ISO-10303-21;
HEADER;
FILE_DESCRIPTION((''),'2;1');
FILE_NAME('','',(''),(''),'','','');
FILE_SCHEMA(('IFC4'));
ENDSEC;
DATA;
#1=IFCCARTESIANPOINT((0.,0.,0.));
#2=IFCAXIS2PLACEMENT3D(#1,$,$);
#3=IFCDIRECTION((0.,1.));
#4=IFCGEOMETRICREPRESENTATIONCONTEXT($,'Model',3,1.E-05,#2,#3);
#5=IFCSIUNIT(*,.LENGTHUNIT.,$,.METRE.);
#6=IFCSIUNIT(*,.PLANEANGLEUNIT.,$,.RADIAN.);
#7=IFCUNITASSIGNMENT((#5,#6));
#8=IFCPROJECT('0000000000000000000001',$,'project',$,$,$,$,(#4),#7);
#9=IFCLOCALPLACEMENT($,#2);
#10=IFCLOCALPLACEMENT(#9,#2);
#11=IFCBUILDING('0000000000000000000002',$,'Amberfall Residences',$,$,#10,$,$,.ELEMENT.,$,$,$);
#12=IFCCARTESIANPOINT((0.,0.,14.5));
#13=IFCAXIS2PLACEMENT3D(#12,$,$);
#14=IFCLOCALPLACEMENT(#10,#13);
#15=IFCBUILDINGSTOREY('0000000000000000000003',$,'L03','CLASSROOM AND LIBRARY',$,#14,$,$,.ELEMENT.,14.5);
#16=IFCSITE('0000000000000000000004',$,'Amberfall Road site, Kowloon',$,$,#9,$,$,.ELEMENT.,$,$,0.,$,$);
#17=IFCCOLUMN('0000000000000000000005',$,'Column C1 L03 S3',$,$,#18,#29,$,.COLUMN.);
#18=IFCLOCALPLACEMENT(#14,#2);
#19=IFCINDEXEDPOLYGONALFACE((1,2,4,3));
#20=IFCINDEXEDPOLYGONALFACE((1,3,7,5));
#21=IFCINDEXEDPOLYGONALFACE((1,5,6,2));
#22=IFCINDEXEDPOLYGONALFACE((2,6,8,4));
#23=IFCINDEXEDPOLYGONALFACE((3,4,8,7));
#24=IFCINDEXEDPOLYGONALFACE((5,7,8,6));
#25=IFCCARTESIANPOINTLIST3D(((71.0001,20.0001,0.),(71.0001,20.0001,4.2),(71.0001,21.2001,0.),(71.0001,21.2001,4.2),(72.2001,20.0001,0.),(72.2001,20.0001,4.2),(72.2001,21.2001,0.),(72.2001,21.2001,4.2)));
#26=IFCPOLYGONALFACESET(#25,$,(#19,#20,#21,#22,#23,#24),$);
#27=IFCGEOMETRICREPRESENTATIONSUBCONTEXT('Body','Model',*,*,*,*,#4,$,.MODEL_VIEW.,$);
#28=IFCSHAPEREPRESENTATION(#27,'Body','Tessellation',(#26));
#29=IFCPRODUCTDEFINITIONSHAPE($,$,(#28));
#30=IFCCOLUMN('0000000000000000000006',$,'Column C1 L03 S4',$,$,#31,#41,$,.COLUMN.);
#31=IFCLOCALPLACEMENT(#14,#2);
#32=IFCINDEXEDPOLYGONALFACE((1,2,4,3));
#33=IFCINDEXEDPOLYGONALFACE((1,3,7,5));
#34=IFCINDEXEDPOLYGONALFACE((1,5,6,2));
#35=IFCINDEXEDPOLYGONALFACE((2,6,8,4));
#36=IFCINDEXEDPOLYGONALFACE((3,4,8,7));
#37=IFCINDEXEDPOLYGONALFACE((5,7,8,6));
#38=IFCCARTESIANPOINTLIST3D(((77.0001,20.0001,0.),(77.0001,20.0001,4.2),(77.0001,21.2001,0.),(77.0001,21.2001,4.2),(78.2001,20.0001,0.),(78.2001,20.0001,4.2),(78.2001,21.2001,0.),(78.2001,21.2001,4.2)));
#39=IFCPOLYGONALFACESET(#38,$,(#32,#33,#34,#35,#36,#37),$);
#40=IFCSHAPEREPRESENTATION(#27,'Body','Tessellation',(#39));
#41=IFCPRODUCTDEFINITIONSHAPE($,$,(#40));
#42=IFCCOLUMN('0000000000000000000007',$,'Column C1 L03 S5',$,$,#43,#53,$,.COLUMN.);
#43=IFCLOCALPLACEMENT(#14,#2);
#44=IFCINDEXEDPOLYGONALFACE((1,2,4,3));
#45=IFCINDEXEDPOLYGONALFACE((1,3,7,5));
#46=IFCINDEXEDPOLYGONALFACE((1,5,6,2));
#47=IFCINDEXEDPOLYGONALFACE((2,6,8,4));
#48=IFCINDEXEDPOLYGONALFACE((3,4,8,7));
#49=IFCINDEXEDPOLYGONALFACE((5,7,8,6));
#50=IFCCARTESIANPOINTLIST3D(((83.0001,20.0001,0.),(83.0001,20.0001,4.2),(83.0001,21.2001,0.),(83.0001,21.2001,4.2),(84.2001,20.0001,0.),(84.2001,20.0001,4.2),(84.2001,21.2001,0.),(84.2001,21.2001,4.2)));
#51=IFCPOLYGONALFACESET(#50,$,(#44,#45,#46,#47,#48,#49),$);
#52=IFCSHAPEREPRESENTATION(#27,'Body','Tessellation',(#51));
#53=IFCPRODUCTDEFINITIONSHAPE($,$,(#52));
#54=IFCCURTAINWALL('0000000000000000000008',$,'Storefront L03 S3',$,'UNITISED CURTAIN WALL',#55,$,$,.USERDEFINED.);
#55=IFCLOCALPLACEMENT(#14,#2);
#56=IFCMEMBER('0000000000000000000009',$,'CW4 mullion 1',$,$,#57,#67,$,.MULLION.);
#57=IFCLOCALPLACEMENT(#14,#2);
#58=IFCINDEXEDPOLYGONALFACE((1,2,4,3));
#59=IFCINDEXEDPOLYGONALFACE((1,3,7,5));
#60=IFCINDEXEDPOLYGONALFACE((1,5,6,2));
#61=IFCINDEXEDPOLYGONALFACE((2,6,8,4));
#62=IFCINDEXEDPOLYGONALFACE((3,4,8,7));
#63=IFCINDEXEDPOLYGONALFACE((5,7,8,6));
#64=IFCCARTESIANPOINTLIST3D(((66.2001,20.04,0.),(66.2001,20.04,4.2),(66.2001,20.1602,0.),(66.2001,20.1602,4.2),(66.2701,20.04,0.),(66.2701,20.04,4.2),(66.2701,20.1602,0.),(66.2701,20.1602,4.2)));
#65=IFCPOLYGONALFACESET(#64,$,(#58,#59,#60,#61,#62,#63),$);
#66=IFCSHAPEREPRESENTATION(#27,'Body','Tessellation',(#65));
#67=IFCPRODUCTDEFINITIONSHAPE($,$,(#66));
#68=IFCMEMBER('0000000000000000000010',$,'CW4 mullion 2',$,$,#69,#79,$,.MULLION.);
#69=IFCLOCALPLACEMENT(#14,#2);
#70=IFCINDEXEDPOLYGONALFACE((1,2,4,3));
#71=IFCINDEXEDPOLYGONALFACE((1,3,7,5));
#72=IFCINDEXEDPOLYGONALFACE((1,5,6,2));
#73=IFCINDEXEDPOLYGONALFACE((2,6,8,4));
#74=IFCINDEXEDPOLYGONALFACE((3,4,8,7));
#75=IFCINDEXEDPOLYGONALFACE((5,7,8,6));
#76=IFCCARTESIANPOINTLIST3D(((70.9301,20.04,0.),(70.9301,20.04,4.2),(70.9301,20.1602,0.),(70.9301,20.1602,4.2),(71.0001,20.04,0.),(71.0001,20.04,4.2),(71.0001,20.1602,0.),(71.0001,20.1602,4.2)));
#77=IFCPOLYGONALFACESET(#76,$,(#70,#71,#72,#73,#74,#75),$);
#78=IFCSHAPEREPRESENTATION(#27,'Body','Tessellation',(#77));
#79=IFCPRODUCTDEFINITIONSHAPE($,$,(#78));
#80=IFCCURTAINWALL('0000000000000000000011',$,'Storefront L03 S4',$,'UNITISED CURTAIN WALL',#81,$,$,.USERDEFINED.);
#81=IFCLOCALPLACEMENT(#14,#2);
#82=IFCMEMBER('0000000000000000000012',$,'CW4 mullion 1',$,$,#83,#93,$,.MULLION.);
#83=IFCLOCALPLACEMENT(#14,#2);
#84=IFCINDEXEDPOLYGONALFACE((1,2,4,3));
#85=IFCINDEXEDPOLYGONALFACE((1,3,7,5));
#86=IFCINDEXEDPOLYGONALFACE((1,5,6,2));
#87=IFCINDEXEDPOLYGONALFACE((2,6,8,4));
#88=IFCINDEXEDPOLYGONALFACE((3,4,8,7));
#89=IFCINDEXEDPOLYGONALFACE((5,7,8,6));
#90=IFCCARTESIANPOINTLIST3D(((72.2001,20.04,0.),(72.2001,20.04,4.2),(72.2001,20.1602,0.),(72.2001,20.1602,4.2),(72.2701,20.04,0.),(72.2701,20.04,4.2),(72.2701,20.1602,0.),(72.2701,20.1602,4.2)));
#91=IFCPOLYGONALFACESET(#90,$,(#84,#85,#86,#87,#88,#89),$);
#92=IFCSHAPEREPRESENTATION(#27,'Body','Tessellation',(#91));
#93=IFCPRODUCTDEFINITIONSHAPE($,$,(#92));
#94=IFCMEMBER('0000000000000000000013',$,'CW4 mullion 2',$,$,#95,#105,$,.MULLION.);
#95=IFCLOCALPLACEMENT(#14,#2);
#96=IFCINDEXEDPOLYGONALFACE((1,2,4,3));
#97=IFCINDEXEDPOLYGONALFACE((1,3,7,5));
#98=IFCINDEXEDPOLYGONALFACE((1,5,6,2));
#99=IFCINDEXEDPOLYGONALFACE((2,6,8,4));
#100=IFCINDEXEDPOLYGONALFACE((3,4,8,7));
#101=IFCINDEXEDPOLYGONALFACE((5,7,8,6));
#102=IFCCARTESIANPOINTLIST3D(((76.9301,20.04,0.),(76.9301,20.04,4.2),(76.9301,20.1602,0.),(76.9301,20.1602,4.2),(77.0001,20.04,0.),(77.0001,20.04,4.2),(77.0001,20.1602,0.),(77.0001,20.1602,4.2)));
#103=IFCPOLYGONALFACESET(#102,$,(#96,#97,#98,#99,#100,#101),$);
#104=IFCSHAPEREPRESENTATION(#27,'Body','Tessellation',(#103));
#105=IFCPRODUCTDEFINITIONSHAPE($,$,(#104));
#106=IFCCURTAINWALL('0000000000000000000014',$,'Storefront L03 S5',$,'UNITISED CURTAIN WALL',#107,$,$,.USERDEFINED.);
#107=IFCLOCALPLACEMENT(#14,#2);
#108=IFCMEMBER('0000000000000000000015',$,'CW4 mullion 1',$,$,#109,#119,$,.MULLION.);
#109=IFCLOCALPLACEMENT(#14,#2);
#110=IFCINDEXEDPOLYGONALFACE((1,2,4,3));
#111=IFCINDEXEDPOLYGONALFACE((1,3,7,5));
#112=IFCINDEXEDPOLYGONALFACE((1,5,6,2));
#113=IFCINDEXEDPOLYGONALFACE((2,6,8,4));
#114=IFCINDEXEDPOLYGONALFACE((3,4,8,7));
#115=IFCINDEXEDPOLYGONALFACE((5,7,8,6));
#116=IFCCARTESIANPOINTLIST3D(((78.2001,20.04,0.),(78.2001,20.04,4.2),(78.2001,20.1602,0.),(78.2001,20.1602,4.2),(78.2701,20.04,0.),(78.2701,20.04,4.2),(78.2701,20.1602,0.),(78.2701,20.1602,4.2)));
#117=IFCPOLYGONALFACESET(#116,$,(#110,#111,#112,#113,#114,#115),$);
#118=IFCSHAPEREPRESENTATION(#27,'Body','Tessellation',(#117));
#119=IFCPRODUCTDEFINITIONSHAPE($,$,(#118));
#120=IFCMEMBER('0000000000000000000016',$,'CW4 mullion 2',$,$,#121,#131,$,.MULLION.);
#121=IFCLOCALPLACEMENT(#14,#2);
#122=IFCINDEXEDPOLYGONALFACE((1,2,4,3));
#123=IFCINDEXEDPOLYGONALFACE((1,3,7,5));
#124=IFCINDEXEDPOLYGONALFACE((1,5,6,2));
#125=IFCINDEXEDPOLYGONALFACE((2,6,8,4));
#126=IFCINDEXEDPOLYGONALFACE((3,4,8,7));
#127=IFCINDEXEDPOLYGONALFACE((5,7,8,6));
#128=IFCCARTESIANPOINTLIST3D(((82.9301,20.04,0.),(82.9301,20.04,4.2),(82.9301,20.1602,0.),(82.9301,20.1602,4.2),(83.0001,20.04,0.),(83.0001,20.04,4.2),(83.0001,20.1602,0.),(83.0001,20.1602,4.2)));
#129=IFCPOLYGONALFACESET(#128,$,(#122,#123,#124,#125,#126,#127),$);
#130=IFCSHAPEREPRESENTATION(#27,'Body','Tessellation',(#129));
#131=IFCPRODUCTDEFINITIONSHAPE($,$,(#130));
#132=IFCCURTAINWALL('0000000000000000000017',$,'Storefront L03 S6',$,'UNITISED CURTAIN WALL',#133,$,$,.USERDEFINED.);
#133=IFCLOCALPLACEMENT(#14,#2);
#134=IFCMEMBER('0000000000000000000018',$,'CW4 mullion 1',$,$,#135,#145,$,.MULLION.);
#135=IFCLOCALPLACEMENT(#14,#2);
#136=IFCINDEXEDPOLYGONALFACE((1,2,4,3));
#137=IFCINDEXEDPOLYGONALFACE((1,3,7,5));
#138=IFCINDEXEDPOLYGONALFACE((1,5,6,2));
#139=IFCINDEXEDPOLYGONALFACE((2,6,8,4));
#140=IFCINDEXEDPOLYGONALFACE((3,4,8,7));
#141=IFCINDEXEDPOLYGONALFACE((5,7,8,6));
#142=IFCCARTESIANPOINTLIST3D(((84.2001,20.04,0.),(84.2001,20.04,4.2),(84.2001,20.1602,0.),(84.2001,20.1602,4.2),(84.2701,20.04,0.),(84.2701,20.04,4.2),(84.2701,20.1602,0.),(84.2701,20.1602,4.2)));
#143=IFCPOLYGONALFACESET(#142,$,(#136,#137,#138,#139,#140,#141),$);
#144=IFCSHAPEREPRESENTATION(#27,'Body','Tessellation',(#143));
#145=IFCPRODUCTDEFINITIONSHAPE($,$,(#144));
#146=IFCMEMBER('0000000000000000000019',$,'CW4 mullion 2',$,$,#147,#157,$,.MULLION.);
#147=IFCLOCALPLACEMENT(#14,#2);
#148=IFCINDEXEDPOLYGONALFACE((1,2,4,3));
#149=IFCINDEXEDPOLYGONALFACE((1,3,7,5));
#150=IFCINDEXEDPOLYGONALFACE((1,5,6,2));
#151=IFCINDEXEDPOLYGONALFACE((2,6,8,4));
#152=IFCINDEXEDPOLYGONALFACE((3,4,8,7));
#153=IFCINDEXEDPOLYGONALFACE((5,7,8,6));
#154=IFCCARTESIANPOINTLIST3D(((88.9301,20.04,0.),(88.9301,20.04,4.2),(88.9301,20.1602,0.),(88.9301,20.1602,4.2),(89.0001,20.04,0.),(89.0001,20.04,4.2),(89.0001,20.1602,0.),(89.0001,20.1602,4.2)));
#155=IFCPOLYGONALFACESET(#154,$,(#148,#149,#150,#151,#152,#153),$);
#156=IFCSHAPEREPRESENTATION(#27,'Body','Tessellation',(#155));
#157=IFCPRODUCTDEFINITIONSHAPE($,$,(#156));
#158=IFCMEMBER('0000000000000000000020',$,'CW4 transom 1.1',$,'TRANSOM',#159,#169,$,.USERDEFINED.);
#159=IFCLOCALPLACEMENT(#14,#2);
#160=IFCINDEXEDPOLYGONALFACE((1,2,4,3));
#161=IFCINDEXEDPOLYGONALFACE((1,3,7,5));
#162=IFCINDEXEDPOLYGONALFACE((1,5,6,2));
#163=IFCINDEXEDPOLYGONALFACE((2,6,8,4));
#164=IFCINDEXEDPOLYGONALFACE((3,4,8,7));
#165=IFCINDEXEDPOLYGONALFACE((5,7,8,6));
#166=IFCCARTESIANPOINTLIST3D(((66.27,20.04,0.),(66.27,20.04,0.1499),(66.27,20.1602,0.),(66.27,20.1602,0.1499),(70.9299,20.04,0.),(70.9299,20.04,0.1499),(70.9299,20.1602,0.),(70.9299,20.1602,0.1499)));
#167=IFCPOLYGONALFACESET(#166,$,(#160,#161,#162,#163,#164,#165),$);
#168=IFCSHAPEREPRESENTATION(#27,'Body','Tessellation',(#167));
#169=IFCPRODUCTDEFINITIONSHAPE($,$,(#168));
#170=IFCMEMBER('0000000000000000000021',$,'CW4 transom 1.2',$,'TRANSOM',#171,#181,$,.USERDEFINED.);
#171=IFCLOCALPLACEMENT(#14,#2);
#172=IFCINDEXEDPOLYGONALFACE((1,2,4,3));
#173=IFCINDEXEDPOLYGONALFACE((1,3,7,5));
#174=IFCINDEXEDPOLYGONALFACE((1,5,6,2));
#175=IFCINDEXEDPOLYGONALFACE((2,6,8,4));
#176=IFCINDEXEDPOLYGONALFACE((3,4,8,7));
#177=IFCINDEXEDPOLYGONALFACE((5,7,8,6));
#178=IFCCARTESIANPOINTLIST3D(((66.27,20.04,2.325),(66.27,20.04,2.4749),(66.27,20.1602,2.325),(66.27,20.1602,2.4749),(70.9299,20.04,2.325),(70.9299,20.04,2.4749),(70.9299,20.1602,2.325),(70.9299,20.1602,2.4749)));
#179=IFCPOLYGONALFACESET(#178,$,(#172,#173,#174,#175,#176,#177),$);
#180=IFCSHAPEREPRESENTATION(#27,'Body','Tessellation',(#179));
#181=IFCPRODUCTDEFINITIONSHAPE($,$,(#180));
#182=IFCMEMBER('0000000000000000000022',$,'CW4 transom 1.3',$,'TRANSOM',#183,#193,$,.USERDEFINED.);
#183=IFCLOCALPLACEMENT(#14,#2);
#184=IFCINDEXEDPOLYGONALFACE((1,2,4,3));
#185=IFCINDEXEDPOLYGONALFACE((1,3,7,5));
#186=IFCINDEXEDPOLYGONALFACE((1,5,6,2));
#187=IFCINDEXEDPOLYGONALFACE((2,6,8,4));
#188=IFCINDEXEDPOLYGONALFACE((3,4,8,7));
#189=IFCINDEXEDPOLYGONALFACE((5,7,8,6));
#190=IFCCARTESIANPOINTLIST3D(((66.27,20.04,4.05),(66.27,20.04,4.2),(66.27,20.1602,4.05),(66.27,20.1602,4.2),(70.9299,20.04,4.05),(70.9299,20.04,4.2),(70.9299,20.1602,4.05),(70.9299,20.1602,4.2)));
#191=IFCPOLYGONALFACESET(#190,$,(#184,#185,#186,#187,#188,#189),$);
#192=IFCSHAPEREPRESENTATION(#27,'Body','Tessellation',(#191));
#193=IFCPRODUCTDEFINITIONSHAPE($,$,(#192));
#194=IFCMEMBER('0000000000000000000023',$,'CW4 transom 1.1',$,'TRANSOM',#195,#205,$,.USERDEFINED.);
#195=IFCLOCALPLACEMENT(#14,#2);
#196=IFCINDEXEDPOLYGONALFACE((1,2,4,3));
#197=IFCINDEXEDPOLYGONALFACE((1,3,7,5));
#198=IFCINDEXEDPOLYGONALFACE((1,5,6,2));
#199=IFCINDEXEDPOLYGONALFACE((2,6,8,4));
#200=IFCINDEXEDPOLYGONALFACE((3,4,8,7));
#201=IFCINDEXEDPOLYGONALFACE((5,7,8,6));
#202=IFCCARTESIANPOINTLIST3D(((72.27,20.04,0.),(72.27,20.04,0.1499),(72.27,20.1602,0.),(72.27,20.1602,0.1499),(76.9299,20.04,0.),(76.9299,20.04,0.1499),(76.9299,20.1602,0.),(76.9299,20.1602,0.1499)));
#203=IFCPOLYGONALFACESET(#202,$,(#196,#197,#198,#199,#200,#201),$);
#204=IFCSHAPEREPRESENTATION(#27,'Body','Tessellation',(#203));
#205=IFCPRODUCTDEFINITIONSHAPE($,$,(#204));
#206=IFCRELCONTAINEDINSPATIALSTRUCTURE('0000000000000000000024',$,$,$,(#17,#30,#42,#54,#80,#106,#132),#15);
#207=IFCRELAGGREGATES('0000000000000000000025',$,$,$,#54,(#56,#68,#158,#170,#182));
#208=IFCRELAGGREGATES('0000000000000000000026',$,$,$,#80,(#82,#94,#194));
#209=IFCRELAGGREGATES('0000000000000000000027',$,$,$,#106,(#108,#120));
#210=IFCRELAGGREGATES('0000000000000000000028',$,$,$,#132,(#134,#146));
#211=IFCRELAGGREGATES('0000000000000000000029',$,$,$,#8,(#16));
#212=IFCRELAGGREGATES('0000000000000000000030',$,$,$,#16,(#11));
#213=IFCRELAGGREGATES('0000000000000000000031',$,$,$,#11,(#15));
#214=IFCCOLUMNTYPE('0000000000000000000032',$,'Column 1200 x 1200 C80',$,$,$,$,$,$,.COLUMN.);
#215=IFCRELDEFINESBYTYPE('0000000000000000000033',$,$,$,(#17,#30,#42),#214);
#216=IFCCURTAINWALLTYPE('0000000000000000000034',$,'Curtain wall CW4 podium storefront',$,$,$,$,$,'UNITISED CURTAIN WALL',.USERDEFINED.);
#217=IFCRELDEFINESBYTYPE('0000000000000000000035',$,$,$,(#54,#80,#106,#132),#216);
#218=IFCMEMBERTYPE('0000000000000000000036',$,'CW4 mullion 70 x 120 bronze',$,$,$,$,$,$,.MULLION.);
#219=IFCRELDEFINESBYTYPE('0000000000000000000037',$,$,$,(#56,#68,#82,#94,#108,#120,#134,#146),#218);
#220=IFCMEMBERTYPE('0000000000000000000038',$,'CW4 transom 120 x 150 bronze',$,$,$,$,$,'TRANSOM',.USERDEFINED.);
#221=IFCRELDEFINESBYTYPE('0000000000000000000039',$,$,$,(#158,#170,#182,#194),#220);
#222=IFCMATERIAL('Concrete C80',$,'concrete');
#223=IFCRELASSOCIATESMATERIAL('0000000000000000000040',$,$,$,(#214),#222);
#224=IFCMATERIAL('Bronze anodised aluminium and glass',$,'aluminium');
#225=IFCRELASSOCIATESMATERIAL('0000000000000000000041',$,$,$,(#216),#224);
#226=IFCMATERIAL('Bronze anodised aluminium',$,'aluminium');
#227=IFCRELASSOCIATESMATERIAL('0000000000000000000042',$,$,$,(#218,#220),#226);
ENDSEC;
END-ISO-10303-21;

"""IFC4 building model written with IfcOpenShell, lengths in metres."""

from ifc_helpers import new_model, si_unit, direction, frame, origin, origin_2d, place, context, subcontext, project, spatial, rectangle, extrude, material, material_profile, profile_set, type_object, element, aggregate, save


model = new_model("IFC4")

# Units and contexts
model_context = context("Model", 3, precision=1e-05, world=origin(), true_north=direction((0.0, 1.0)))
body_context = subcontext(model_context, "Body", "Model", "MODEL_VIEW")
ifc_project = project(units=[si_unit("LENGTHUNIT", "METRE"), si_unit("PLANEANGLEUNIT", "RADIAN")], contexts=[model_context])

# Site, building, storey
site_placement = place(None, origin())
site = spatial("IfcSite", under=ifc_project, at=site_placement, Name="Amberfall Road site, Kowloon", CompositionType="ELEMENT", RefElevation=0.0)
building_placement = place(site_placement, origin())
building = spatial("IfcBuilding", under=site, at=building_placement, Name="Amberfall Residences", CompositionType="ELEMENT")
storey_placement = place(building_placement, frame((0.0, 0.0, 14.5)))
storey = spatial("IfcBuildingStorey", under=building, at=storey_placement, Name="L03", Description="CLASSROOM AND LIBRARY", CompositionType="ELEMENT", Elevation=14.5)

# Columns
ifc_material_1 = material(Name="Concrete C80", Category="concrete")
ifc_material_profile_1 = material_profile(ifc_material_1, rectangle(XDim=1.2, YDim=1.2, at=origin_2d()), Name="Column 1200 x 1200 C80")
ifc_profile_set_1 = profile_set([ifc_material_profile_1], Name="Concrete C80")
column_type = type_object("IfcColumnType", Name="Column 1200 x 1200 C80", PredefinedType="COLUMN", material=ifc_profile_set_1)
for number, where, z_axis, x_axis, name in (
    (1, (71.6001, 20.6001, 0.0), (0.0, 0.0, 1.0), (1.0, 0.0, 0.0), "Column C1 L03 S3"),
    (2, (77.6001, 20.6001, 0.0), (0.0, 0.0, 1.0), (1.0, 0.0, 0.0), "Column C1 L03 S4"),
    (3, (83.6001, 20.6001, 0.0), (0.0, 0.0, 1.0), (1.0, 0.0, 0.0), "Column C1 L03 S5"),
):
    element("IfcColumn", number, at=place(storey_placement, frame(where, z_axis=z_axis, x_axis=x_axis)), inside=storey, type_object=column_type, Name=name, PredefinedType="COLUMN", context=body_context, shape_type="SweptSolid", body=[
        extrude(rectangle(XDim=1.2, YDim=1.2, at=origin_2d()), origin(), (0.0, 0.0, 1.0), 4.2),
    ])

# Curtain walls, members
ifc_material_2 = material(Name="Bronze anodised aluminium and glass", Category="aluminium")
curtain_wall_type = type_object("IfcCurtainWallType", Name="Curtain wall CW4 podium storefront", ElementType="UNITISED CURTAIN WALL", PredefinedType="USERDEFINED", material=ifc_material_2)
curtain_wall_1_placement = place(storey_placement, origin())
curtain_wall_1 = element("IfcCurtainWall", 4, at=curtain_wall_1_placement, inside=storey, type_object=curtain_wall_type, Name="Storefront L03 S3", ObjectType="UNITISED CURTAIN WALL", PredefinedType="USERDEFINED")
ifc_material_3 = material(Name="Bronze anodised aluminium", Category="aluminium")
ifc_material_profile_2 = material_profile(ifc_material_3, rectangle(XDim=0.1201, YDim=0.0701, at=origin_2d()), Name="CW4 mullion 70 x 120 bronze")
ifc_profile_set_2 = profile_set([ifc_material_profile_2], Name="Bronze anodised aluminium")
member_type_1 = type_object("IfcMemberType", Name="CW4 mullion 70 x 120 bronze", PredefinedType="MULLION", material=ifc_profile_set_2)
member_1_placement = place(storey_placement, frame((66.2351, 20.1001, 0.0), z_axis=(0.0, 0.0, 1.0), x_axis=(0.0, 1.0, 0.0)))
member_1 = element("IfcMember", 5, at=member_1_placement, type_object=member_type_1, Name="CW4 mullion 1", PredefinedType="MULLION", context=body_context, shape_type="SweptSolid", body=[
    extrude(rectangle(XDim=0.1201, YDim=0.0701, at=origin_2d()), origin(), (0.0, 0.0, 1.0), 4.2),
])
member_2_placement = place(storey_placement, frame((70.9651, 20.1001, 0.0), z_axis=(0.0, 0.0, 1.0), x_axis=(0.0, 1.0, 0.0)))
member_2 = element("IfcMember", 6, at=member_2_placement, type_object=member_type_1, Name="CW4 mullion 2", PredefinedType="MULLION", context=body_context, shape_type="SweptSolid", body=[
    extrude(rectangle(XDim=0.1201, YDim=0.0701, at=origin_2d()), origin(), (0.0, 0.0, 1.0), 4.2),
])
curtain_wall_2_placement = place(storey_placement, origin())
curtain_wall_2 = element("IfcCurtainWall", 7, at=curtain_wall_2_placement, inside=storey, type_object=curtain_wall_type, Name="Storefront L03 S4", ObjectType="UNITISED CURTAIN WALL", PredefinedType="USERDEFINED")
member_3_placement = place(storey_placement, frame((72.2351, 20.1001, 0.0), z_axis=(0.0, 0.0, 1.0), x_axis=(0.0, 1.0, 0.0)))
member_3 = element("IfcMember", 8, at=member_3_placement, type_object=member_type_1, Name="CW4 mullion 1", PredefinedType="MULLION", context=body_context, shape_type="SweptSolid", body=[
    extrude(rectangle(XDim=0.1201, YDim=0.0701, at=origin_2d()), origin(), (0.0, 0.0, 1.0), 4.2),
])
member_4_placement = place(storey_placement, frame((76.9651, 20.1001, 0.0), z_axis=(0.0, 0.0, 1.0), x_axis=(0.0, 1.0, 0.0)))
member_4 = element("IfcMember", 9, at=member_4_placement, type_object=member_type_1, Name="CW4 mullion 2", PredefinedType="MULLION", context=body_context, shape_type="SweptSolid", body=[
    extrude(rectangle(XDim=0.1201, YDim=0.0701, at=origin_2d()), origin(), (0.0, 0.0, 1.0), 4.2),
])
curtain_wall_3_placement = place(storey_placement, origin())
curtain_wall_3 = element("IfcCurtainWall", 10, at=curtain_wall_3_placement, inside=storey, type_object=curtain_wall_type, Name="Storefront L03 S5", ObjectType="UNITISED CURTAIN WALL", PredefinedType="USERDEFINED")
member_5_placement = place(storey_placement, frame((78.2351, 20.1001, 0.0), z_axis=(0.0, 0.0, 1.0), x_axis=(0.0, 1.0, 0.0)))
member_5 = element("IfcMember", 11, at=member_5_placement, type_object=member_type_1, Name="CW4 mullion 1", PredefinedType="MULLION", context=body_context, shape_type="SweptSolid", body=[
    extrude(rectangle(XDim=0.1201, YDim=0.0701, at=origin_2d()), origin(), (0.0, 0.0, 1.0), 4.2),
])
member_6_placement = place(storey_placement, frame((82.9651, 20.1001, 0.0), z_axis=(0.0, 0.0, 1.0), x_axis=(0.0, 1.0, 0.0)))
member_6 = element("IfcMember", 12, at=member_6_placement, type_object=member_type_1, Name="CW4 mullion 2", PredefinedType="MULLION", context=body_context, shape_type="SweptSolid", body=[
    extrude(rectangle(XDim=0.1201, YDim=0.0701, at=origin_2d()), origin(), (0.0, 0.0, 1.0), 4.2),
])
curtain_wall_4_placement = place(storey_placement, origin())
curtain_wall_4 = element("IfcCurtainWall", 13, at=curtain_wall_4_placement, inside=storey, type_object=curtain_wall_type, Name="Storefront L03 S6", ObjectType="UNITISED CURTAIN WALL", PredefinedType="USERDEFINED")
member_7_placement = place(storey_placement, frame((84.2351, 20.1001, 0.0), z_axis=(0.0, 0.0, 1.0), x_axis=(0.0, 1.0, 0.0)))
member_7 = element("IfcMember", 14, at=member_7_placement, type_object=member_type_1, Name="CW4 mullion 1", PredefinedType="MULLION", context=body_context, shape_type="SweptSolid", body=[
    extrude(rectangle(XDim=0.1201, YDim=0.0701, at=origin_2d()), origin(), (0.0, 0.0, 1.0), 4.2),
])
member_8_placement = place(storey_placement, frame((88.9651, 20.1001, 0.0), z_axis=(0.0, 0.0, 1.0), x_axis=(0.0, 1.0, 0.0)))
member_8 = element("IfcMember", 15, at=member_8_placement, type_object=member_type_1, Name="CW4 mullion 2", PredefinedType="MULLION", context=body_context, shape_type="SweptSolid", body=[
    extrude(rectangle(XDim=0.1201, YDim=0.0701, at=origin_2d()), origin(), (0.0, 0.0, 1.0), 4.2),
])

# Members
ifc_material_profile_3 = material_profile(ifc_material_3, rectangle(XDim=0.1201, YDim=0.1499, at=origin_2d()), Name="CW4 transom 120 x 150 bronze")
ifc_profile_set_3 = profile_set([ifc_material_profile_3], Name="Bronze anodised aluminium")
member_type_2 = type_object("IfcMemberType", Name="CW4 transom 120 x 150 bronze", ElementType="TRANSOM", PredefinedType="USERDEFINED", material=ifc_profile_set_3)
member_9_placement = place(storey_placement, frame((66.27, 20.1001, 0.075), z_axis=(1.0, 0.0, 0.0), x_axis=(0.0, 1.0, 0.0)))
member_9 = element("IfcMember", 16, at=member_9_placement, type_object=member_type_2, Name="CW4 transom 1.1", ObjectType="TRANSOM", PredefinedType="USERDEFINED", context=body_context, shape_type="SweptSolid", body=[
    extrude(rectangle(XDim=0.1201, YDim=0.1499, at=origin_2d()), origin(), (0.0, 0.0, 1.0), 4.6599),
])
member_10_placement = place(storey_placement, frame((66.27, 20.1001, 2.3999), z_axis=(1.0, 0.0, 0.0), x_axis=(0.0, 1.0, 0.0)))
member_10 = element("IfcMember", 17, at=member_10_placement, type_object=member_type_2, Name="CW4 transom 1.2", ObjectType="TRANSOM", PredefinedType="USERDEFINED", context=body_context, shape_type="SweptSolid", body=[
    extrude(rectangle(XDim=0.1201, YDim=0.1499, at=origin_2d()), origin(), (0.0, 0.0, 1.0), 4.6599),
])
member_11_placement = place(storey_placement, frame((66.27, 20.1001, 4.125), z_axis=(1.0, 0.0, 0.0), x_axis=(0.0, 1.0, 0.0)))
member_11 = element("IfcMember", 18, at=member_11_placement, type_object=member_type_2, Name="CW4 transom 1.3", ObjectType="TRANSOM", PredefinedType="USERDEFINED", context=body_context, shape_type="SweptSolid", body=[
    extrude(rectangle(XDim=0.1201, YDim=0.1499, at=origin_2d()), origin(), (0.0, 0.0, 1.0), 4.6599),
])
member_12_placement = place(storey_placement, frame((72.27, 20.1001, 0.075), z_axis=(1.0, 0.0, 0.0), x_axis=(0.0, 1.0, 0.0)))
member_12 = element("IfcMember", 19, at=member_12_placement, type_object=member_type_2, Name="CW4 transom 1.1", ObjectType="TRANSOM", PredefinedType="USERDEFINED", context=body_context, shape_type="SweptSolid", body=[
    extrude(rectangle(XDim=0.1201, YDim=0.1499, at=origin_2d()), origin(), (0.0, 0.0, 1.0), 4.6599),
])

aggregate(curtain_wall_1, [member_1, member_2, member_9, member_10, member_11])
aggregate(curtain_wall_2, [member_3, member_4, member_12])
aggregate(curtain_wall_3, [member_5, member_6])
aggregate(curtain_wall_4, [member_7, member_8])

save(model, "model.ifc")
